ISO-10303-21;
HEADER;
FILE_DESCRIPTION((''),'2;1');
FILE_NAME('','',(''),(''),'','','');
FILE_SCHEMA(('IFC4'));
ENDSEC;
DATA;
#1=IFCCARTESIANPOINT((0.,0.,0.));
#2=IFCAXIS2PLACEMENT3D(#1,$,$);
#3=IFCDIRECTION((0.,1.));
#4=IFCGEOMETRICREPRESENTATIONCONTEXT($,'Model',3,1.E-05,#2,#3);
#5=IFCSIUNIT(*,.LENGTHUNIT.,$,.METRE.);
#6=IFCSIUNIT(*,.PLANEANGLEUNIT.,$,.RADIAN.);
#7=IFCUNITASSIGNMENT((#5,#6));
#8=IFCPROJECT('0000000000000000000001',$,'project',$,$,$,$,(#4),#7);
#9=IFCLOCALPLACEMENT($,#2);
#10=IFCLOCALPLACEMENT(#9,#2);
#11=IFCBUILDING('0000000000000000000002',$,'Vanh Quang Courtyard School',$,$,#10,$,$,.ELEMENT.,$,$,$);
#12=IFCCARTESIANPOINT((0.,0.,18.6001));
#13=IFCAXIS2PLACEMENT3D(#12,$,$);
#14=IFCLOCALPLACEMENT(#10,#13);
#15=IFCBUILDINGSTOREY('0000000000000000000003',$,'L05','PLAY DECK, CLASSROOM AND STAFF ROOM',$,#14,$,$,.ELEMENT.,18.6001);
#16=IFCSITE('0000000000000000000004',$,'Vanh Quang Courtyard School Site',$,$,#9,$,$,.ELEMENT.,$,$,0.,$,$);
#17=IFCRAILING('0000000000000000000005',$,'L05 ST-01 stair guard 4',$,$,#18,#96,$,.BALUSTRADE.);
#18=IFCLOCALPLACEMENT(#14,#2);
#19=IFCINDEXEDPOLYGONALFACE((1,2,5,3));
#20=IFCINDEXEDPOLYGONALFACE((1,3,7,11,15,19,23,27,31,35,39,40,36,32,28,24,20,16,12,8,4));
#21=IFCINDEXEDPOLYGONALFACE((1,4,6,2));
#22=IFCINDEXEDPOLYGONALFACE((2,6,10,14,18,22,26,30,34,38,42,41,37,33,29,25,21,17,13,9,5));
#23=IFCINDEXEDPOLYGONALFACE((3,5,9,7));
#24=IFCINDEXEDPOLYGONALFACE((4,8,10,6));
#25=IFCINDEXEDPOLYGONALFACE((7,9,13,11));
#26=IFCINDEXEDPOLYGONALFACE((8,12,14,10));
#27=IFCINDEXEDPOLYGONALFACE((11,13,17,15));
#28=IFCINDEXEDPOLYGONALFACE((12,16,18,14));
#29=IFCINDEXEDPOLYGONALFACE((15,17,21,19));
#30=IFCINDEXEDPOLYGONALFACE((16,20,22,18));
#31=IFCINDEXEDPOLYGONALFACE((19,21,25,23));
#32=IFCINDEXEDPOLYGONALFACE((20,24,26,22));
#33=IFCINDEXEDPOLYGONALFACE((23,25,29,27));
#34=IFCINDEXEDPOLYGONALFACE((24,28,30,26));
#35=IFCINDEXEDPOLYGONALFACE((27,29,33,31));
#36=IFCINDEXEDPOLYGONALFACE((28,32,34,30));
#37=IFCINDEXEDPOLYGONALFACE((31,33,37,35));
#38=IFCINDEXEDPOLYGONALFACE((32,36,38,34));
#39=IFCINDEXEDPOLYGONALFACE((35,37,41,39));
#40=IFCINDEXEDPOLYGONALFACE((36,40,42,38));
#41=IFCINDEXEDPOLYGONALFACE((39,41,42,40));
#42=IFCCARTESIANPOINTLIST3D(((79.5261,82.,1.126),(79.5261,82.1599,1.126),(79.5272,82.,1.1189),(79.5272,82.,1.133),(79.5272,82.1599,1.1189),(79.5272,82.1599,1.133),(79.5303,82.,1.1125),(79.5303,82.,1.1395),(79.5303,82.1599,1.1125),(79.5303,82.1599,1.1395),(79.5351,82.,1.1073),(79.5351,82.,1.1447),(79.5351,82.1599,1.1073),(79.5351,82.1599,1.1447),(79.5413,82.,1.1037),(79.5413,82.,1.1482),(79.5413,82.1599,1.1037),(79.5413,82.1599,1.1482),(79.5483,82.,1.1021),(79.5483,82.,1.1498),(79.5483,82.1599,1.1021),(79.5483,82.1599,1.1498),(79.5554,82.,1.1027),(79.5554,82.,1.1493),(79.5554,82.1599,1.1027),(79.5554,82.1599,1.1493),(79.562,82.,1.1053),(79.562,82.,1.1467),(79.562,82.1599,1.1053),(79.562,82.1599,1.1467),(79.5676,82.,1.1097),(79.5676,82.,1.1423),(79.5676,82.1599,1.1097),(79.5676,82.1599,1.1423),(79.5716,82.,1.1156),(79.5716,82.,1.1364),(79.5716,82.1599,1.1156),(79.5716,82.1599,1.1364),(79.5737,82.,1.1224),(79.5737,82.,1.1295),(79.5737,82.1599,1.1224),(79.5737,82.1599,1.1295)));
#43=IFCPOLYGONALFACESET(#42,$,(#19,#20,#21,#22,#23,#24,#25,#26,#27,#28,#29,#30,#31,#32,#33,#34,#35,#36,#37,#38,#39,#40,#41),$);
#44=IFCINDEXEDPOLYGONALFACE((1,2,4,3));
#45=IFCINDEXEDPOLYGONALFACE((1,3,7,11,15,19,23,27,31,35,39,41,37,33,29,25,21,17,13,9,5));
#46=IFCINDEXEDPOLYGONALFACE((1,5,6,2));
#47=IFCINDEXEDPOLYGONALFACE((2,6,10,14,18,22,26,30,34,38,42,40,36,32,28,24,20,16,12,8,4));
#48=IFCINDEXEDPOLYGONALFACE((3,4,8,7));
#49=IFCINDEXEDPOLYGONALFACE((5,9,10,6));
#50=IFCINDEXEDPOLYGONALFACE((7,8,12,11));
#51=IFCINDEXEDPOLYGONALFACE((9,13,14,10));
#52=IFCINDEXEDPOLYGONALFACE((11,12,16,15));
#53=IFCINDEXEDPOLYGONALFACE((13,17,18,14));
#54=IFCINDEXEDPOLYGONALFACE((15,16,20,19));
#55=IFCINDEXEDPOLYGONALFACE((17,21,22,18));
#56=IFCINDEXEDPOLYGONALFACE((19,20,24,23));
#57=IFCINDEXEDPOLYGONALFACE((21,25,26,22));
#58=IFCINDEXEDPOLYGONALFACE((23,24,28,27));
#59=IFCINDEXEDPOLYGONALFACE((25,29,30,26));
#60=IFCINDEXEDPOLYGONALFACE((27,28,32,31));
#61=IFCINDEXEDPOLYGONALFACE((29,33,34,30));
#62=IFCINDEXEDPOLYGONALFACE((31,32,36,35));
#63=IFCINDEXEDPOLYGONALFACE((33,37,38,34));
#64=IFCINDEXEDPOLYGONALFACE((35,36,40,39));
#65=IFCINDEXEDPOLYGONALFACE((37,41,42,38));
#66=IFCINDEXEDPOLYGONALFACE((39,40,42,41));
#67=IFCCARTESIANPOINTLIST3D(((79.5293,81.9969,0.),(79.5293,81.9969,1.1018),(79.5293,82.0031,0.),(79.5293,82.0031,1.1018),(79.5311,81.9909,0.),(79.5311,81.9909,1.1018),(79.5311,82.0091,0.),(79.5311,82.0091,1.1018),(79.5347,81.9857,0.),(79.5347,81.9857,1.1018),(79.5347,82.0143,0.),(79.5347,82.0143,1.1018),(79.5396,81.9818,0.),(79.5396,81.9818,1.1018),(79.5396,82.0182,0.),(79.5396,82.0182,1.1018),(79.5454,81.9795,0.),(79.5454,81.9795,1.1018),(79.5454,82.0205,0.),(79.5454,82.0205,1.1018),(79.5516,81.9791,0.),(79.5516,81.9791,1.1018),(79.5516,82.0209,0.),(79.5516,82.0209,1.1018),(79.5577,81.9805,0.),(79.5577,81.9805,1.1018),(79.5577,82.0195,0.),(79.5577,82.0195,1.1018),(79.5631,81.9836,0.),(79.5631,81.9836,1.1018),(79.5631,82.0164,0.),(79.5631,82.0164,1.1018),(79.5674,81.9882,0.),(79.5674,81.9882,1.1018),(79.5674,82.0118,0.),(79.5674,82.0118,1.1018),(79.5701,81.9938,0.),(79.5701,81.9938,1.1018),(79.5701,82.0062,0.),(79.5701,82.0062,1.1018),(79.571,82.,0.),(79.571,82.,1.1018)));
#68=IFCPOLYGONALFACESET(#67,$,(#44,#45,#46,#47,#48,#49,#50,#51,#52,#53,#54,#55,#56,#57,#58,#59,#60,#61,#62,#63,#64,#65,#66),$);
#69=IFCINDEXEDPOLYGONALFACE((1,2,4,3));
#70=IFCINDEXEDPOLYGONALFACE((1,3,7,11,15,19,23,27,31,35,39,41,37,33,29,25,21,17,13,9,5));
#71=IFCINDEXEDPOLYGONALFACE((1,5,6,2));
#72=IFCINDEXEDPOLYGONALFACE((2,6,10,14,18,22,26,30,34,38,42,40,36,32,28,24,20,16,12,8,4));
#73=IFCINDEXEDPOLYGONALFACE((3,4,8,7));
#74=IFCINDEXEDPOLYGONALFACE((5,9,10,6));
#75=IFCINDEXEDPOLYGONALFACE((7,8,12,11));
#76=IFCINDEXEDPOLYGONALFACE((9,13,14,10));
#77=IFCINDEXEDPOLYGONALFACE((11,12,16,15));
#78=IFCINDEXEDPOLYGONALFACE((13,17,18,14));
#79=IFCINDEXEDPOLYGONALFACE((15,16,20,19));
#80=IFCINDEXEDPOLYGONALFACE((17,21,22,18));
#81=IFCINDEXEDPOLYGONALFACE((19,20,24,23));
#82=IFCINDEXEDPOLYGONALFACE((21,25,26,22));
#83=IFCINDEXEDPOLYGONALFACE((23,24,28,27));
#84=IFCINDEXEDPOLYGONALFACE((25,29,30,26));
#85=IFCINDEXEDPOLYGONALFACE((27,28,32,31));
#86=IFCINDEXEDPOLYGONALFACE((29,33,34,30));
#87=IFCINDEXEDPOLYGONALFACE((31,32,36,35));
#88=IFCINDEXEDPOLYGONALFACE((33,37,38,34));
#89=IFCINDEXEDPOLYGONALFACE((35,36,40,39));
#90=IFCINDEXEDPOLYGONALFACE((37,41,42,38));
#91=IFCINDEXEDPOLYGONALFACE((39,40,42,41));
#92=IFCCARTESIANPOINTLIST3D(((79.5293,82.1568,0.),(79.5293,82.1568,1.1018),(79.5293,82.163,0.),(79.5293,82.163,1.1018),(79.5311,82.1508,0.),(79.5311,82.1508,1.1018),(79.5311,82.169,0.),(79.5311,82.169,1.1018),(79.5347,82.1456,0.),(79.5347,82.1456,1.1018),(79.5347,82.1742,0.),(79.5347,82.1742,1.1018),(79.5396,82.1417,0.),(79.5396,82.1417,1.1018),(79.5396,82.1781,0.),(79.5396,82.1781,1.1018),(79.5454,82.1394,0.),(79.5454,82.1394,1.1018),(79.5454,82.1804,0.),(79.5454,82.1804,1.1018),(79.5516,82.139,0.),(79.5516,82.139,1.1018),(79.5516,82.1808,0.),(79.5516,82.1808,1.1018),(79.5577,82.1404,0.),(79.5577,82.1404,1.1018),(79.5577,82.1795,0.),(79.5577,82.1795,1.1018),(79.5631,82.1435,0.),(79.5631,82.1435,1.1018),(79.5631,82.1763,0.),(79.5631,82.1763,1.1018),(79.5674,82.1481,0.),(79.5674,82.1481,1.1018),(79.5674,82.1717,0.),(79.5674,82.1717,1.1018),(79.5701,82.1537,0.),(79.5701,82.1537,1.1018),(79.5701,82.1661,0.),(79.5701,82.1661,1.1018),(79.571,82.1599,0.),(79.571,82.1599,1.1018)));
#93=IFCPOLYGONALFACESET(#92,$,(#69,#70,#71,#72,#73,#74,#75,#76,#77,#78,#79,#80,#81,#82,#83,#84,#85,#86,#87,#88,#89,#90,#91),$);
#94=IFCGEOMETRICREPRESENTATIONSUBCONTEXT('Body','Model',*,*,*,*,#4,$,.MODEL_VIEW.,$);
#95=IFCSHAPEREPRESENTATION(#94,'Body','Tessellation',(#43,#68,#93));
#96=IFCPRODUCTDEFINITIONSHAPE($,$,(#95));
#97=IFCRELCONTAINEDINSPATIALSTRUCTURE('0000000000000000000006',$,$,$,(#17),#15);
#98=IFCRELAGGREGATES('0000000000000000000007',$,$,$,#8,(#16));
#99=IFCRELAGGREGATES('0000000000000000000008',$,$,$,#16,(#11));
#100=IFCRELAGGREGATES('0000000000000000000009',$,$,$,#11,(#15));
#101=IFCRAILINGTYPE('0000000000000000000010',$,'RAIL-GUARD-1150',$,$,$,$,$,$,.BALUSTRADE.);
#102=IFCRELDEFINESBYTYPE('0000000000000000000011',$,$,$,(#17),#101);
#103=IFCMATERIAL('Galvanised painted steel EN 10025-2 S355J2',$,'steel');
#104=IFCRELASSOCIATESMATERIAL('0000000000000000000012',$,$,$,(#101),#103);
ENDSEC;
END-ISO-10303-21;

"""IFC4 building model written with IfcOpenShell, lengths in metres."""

from ifc_helpers import new_model, si_unit, direction, frame, origin, origin_2d, place, context, subcontext, project, spatial, circle, extrude, material, type_object, element, save


model = new_model("IFC4")

# Units and contexts
model_context = context("Model", 3, precision=1e-05, world=origin(), true_north=direction((0.0, 1.0)))
body_context = subcontext(model_context, "Body", "Model", "MODEL_VIEW")
ifc_project = project(units=[si_unit("LENGTHUNIT", "METRE"), si_unit("PLANEANGLEUNIT", "RADIAN")], contexts=[model_context])

# Site, building, storey
site_placement = place(None, origin())
site = spatial("IfcSite", under=ifc_project, at=site_placement, Name="Vanh Quang Courtyard School Site", CompositionType="ELEMENT", RefElevation=0.0)
building_placement = place(site_placement, origin())
building = spatial("IfcBuilding", under=site, at=building_placement, Name="Vanh Quang Courtyard School", CompositionType="ELEMENT")
storey_placement = place(building_placement, frame((0.0, 0.0, 18.6001)))
storey = spatial("IfcBuildingStorey", under=building, at=storey_placement, Name="L05", Description="PLAY DECK, CLASSROOM AND STAFF ROOM", CompositionType="ELEMENT", Elevation=18.6001)

# Railing
ifc_material_1 = material(Name="Galvanised painted steel EN 10025-2 S355J2", Category="steel")
railing_type_1 = type_object("IfcRailingType", Name="RAIL-GUARD-1150", PredefinedType="BALUSTRADE", material=ifc_material_1)
railing_1_placement = place(storey_placement, frame((79.55, 82.0, 0.0)))
element("IfcRailing", 1, at=railing_1_placement, inside=storey, type_object=railing_type_1, Name="L05 ST-01 stair guard 4", PredefinedType="BALUSTRADE", context=body_context, shape_type="SweptSolid", body=[
    extrude(circle(Radius=0.0239, at=origin_2d()), frame((0.0, 0.0, 1.126), z_axis=(0.0, 1.0, 0.0), x_axis=(-1.0, 0.0, 0.0)), (0.0, 0.0, 1.0), 0.1599),
    extrude(circle(Radius=0.021, at=origin_2d()), origin(), (0.0, 0.0, 1.0), 1.1018),
    extrude(circle(Radius=0.021, at=origin_2d()), frame((0.0, 0.1599, 0.0)), (0.0, 0.0, 1.0), 1.1018),
])

save(model, "model.ifc")
